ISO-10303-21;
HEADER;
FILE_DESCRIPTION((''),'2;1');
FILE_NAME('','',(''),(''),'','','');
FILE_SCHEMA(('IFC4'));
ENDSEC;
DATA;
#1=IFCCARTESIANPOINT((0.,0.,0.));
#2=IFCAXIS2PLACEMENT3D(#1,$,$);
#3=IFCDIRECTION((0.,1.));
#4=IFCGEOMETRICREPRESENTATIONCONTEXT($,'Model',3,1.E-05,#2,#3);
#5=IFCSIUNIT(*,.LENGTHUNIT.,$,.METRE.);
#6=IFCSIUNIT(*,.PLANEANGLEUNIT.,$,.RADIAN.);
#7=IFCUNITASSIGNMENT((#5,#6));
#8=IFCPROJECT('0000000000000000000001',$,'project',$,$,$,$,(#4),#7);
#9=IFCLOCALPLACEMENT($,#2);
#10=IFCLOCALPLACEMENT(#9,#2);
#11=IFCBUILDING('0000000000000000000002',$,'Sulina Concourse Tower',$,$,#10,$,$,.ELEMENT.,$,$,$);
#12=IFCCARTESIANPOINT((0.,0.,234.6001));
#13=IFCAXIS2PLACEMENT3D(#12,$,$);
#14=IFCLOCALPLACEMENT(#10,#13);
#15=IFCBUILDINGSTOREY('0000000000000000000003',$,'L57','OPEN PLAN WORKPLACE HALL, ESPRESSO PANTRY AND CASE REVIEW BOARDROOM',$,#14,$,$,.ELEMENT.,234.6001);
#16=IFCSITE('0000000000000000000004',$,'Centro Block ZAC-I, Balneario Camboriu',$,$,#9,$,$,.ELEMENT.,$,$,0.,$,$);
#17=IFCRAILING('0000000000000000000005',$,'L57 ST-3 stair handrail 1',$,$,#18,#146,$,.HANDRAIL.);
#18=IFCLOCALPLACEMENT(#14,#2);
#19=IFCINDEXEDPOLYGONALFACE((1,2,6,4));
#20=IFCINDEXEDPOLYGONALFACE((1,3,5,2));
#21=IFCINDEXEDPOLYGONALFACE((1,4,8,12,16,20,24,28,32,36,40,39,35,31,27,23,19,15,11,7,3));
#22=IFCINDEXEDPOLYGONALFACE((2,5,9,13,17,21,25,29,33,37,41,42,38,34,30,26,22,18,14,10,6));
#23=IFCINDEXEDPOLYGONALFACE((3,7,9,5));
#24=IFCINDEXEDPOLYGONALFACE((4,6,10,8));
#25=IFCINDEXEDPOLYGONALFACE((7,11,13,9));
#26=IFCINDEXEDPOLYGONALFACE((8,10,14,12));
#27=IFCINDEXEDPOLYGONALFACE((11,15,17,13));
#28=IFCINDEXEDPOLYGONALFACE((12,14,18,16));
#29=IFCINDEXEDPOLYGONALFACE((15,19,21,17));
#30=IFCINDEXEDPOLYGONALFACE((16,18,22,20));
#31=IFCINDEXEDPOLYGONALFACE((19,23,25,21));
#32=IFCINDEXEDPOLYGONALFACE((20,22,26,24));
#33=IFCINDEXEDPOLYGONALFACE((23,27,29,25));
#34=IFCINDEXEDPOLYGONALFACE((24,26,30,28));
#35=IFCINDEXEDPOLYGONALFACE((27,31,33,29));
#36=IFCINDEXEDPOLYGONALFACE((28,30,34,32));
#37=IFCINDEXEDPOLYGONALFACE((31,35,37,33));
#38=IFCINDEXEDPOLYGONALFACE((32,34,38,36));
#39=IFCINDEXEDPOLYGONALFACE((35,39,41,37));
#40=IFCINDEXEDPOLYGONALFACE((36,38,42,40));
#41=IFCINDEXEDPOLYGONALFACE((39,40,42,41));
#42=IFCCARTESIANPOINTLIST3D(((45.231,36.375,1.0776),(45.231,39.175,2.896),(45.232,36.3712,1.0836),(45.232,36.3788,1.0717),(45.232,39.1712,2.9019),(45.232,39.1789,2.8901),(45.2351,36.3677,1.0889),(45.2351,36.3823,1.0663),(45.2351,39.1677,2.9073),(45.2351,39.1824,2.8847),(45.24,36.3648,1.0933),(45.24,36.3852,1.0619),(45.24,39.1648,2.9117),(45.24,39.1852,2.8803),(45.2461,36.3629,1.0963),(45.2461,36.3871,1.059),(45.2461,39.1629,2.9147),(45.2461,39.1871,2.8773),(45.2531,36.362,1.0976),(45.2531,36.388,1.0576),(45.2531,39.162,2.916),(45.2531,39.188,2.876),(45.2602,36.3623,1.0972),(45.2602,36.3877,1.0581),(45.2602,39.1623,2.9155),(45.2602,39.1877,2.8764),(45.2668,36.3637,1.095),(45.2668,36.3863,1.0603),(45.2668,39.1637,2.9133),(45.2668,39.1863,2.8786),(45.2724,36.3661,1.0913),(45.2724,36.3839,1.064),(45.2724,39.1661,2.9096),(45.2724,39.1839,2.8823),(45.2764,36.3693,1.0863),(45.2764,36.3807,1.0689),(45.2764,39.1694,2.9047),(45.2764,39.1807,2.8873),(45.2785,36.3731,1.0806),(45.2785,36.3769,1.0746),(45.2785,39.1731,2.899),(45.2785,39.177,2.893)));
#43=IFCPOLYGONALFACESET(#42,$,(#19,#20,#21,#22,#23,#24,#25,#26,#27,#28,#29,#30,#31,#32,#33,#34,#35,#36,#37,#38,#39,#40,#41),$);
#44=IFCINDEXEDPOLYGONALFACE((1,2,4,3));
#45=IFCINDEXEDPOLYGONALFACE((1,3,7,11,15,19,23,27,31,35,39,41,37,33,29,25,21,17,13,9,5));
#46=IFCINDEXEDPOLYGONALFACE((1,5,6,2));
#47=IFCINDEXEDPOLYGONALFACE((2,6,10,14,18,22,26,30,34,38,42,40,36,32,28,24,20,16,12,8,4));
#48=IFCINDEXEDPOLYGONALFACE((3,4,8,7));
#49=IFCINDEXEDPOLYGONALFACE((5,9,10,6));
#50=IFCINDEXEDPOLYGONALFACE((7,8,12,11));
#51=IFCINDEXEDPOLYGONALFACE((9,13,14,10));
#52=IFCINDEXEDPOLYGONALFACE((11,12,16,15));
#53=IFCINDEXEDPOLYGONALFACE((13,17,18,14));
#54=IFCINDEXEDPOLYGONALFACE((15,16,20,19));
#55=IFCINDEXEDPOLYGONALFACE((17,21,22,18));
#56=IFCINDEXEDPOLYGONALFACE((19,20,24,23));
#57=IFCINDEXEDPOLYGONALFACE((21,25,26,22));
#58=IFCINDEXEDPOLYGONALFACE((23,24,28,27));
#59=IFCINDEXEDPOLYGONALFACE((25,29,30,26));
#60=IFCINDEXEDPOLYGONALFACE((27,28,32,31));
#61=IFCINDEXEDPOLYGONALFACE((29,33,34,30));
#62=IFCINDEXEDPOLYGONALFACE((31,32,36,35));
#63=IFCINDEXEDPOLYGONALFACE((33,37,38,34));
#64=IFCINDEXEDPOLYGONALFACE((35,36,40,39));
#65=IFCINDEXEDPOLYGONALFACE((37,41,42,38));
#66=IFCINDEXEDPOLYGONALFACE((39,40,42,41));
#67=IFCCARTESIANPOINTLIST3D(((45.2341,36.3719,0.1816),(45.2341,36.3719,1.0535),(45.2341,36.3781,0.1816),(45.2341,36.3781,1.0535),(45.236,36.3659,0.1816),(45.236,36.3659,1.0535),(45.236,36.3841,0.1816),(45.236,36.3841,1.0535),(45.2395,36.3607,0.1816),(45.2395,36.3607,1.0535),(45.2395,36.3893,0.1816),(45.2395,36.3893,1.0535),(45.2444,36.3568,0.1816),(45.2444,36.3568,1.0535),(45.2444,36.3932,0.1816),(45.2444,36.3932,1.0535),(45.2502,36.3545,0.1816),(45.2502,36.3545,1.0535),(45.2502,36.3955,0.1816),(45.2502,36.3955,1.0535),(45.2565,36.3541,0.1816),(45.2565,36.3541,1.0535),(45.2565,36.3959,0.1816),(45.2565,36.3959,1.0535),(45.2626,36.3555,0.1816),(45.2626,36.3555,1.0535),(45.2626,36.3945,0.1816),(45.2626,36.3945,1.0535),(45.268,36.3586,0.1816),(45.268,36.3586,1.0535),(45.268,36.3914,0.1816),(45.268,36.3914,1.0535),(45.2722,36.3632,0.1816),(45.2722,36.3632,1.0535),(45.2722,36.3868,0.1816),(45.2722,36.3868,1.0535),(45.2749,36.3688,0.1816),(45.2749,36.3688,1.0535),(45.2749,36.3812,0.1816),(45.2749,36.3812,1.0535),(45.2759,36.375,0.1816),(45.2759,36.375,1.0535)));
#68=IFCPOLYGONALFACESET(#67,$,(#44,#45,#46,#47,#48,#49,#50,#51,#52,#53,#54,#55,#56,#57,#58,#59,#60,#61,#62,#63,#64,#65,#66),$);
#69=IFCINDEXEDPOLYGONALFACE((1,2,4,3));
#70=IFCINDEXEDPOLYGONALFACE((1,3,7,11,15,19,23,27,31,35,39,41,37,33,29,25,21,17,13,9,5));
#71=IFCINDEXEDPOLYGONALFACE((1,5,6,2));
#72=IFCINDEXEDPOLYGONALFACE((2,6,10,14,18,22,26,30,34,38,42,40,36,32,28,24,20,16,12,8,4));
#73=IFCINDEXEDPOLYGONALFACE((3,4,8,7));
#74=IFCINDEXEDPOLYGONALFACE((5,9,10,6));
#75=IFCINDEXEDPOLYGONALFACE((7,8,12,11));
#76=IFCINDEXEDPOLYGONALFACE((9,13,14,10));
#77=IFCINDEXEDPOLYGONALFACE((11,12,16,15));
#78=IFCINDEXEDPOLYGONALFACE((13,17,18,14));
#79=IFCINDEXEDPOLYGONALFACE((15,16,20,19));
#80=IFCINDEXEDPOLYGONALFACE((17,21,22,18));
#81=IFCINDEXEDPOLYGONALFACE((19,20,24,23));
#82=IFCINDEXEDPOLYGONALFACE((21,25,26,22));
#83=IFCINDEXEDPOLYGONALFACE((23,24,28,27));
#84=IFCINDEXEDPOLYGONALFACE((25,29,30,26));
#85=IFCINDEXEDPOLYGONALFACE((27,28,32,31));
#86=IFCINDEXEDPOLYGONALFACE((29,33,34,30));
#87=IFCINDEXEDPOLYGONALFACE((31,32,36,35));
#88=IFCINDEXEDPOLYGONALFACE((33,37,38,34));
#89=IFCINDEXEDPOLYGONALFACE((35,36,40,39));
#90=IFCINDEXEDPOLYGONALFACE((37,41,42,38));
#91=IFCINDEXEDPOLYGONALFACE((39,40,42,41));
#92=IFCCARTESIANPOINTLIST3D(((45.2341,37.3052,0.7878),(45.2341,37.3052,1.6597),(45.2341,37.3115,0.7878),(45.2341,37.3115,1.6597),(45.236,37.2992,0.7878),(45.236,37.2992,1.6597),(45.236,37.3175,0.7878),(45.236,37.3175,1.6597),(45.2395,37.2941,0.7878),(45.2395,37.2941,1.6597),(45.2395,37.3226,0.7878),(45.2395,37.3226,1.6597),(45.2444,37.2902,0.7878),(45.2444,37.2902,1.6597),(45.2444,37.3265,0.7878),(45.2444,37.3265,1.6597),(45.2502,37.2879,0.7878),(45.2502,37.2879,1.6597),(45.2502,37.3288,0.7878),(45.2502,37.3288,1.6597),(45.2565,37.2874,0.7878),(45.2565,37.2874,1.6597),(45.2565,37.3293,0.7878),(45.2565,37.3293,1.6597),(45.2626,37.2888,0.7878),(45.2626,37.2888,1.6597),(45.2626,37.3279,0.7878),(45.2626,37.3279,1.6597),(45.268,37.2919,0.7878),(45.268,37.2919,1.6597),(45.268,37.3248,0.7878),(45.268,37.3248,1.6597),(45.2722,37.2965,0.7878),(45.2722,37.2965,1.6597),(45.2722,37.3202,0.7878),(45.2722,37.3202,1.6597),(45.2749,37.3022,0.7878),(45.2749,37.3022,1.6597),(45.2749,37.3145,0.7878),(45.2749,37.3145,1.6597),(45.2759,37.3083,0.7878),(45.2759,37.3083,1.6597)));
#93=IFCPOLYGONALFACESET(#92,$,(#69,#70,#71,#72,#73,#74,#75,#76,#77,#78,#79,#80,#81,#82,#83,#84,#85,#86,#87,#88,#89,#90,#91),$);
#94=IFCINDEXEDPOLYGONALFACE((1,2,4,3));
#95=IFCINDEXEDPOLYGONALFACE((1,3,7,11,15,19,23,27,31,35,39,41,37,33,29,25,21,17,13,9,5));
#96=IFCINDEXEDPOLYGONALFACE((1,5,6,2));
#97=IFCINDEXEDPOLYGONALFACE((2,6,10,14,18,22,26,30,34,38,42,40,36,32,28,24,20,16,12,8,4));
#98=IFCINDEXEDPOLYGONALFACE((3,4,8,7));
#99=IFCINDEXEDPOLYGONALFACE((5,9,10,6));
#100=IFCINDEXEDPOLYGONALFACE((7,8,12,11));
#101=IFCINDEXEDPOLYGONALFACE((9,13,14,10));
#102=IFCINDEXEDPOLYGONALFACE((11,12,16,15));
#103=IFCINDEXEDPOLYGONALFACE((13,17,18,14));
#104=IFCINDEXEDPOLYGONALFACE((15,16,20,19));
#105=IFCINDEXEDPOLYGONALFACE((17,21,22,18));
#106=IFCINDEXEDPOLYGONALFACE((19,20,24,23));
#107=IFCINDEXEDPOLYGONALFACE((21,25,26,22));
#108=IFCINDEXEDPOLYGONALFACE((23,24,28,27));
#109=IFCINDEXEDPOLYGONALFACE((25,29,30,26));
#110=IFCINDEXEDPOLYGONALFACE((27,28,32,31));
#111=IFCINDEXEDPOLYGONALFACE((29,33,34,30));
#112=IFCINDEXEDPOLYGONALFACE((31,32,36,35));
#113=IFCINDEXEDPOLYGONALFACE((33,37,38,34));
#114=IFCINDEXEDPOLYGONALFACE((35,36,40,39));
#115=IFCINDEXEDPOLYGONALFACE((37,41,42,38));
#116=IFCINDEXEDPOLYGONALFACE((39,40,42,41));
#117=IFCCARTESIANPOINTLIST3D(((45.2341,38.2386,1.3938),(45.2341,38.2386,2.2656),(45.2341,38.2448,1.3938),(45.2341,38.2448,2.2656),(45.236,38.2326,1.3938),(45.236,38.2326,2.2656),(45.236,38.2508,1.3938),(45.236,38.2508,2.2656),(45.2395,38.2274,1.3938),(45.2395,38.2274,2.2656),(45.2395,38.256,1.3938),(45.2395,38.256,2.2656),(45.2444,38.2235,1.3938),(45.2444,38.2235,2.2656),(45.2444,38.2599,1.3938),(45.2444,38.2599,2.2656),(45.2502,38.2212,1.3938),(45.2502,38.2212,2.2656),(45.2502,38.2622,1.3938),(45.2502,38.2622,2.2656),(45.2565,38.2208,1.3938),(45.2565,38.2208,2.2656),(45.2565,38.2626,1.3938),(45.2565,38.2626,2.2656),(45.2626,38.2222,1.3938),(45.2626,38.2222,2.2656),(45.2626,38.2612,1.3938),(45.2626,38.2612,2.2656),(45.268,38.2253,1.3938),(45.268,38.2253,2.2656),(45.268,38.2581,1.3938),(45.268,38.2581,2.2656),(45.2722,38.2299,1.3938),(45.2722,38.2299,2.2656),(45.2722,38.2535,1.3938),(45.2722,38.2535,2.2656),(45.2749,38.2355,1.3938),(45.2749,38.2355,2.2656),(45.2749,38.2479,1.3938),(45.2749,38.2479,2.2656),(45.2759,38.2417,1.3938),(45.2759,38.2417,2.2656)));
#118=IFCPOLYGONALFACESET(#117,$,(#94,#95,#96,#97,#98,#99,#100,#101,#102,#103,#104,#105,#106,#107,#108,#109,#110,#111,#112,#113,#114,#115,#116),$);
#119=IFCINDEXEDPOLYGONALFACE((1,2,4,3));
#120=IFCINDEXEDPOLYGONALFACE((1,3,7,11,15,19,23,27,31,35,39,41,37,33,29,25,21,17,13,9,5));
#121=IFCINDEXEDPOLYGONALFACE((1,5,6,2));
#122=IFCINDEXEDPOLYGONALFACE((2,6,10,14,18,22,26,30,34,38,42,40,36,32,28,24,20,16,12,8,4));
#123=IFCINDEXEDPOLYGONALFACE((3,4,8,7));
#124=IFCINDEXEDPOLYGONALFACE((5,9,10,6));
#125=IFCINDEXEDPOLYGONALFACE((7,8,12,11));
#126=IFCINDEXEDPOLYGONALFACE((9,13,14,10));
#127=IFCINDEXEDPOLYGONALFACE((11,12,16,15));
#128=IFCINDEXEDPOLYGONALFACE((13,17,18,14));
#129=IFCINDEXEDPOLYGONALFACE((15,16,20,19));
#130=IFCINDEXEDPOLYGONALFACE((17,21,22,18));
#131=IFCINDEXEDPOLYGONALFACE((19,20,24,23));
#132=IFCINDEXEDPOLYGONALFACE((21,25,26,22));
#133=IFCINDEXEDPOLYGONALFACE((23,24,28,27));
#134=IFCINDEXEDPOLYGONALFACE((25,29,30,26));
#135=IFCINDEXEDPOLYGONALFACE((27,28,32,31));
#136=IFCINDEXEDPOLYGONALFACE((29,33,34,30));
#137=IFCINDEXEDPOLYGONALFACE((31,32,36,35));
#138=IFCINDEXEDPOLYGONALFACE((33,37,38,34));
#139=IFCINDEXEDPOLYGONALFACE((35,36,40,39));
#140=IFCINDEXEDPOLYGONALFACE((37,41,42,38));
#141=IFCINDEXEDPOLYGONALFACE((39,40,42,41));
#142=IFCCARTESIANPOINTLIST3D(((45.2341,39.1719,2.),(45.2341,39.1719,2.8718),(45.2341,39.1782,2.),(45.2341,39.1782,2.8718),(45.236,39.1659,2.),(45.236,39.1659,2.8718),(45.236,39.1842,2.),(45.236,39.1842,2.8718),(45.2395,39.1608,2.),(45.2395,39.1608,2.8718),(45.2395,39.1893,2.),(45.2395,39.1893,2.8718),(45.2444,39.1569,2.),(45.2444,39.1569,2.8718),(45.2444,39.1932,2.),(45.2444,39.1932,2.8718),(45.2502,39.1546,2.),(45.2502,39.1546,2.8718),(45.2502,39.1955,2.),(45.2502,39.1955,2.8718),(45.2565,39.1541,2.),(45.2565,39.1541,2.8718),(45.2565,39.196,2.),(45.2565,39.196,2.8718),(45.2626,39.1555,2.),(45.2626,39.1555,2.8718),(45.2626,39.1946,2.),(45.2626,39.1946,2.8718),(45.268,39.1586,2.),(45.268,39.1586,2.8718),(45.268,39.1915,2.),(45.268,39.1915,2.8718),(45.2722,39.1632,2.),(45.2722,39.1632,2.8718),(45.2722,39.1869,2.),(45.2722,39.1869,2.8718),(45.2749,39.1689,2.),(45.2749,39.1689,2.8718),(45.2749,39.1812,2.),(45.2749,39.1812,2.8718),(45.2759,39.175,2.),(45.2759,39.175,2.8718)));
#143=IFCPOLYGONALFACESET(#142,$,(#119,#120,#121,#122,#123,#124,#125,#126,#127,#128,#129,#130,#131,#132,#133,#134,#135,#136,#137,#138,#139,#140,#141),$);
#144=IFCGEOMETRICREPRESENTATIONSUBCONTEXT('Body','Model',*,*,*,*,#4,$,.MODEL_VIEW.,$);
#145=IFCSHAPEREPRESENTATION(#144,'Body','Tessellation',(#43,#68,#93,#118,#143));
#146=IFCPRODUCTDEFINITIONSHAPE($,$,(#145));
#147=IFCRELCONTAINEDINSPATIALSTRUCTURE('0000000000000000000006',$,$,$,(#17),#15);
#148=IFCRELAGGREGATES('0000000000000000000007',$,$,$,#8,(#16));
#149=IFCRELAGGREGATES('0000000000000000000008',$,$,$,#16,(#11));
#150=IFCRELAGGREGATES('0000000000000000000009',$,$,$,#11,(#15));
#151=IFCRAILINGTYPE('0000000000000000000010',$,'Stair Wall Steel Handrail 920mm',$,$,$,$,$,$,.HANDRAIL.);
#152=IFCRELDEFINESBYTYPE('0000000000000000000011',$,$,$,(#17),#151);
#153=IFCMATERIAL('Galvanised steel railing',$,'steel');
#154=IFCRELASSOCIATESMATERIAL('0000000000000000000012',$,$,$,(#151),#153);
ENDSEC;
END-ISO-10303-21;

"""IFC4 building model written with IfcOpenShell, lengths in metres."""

from ifc_helpers import new_model, si_unit, direction, frame, origin, origin_2d, place, context, subcontext, project, spatial, circle, extrude, material, type_object, element, save


model = new_model("IFC4")

# Units and contexts
model_context = context("Model", 3, precision=1e-05, world=origin(), true_north=direction((0.0, 1.0)))
body_context = subcontext(model_context, "Body", "Model", "MODEL_VIEW")
ifc_project = project(units=[si_unit("LENGTHUNIT", "METRE"), si_unit("PLANEANGLEUNIT", "RADIAN")], contexts=[model_context])

# Site, building, storey
site_placement = place(None, origin())
site = spatial("IfcSite", under=ifc_project, at=site_placement, Name="Centro Block ZAC-I, Balneario Camboriu", CompositionType="ELEMENT", RefElevation=0.0)
building_placement = place(site_placement, origin())
building = spatial("IfcBuilding", under=site, at=building_placement, Name="Sulina Concourse Tower", CompositionType="ELEMENT")
storey_placement = place(building_placement, frame((0.0, 0.0, 234.6001)))
storey = spatial("IfcBuildingStorey", under=building, at=storey_placement, Name="L57", Description="OPEN PLAN WORKPLACE HALL, ESPRESSO PANTRY AND CASE REVIEW BOARDROOM", CompositionType="ELEMENT", Elevation=234.6001)

# Railing
ifc_material_1 = material(Name="Galvanised steel railing", Category="steel")
railing_type_1 = type_object("IfcRailingType", Name="Stair Wall Steel Handrail 920mm", PredefinedType="HANDRAIL", material=ifc_material_1)
railing_1_placement = place(storey_placement, frame((45.2549, 36.375, 0.1816)))
element("IfcRailing", 1, at=railing_1_placement, inside=storey, type_object=railing_type_1, Name="L57 ST-3 stair handrail 1", PredefinedType="HANDRAIL", context=body_context, shape_type="SweptSolid", body=[
    extrude(circle(Radius=0.0239, at=origin_2d()), frame((0.0, 0.0, 0.896), z_axis=(0.0, 0.838672, 0.544636), x_axis=(-1.0, 0.0, 0.0)), (0.0, 0.0, 1.0), 3.3386),
    extrude(circle(Radius=0.021, at=origin_2d()), origin(), (0.0, 0.0, 1.0), 0.8718),
    extrude(circle(Radius=0.021, at=origin_2d()), frame((0.0, 0.9333, 0.6062)), (0.0, 0.0, 1.0), 0.8718),
    extrude(circle(Radius=0.021, at=origin_2d()), frame((0.0, 1.8667, 1.2122)), (0.0, 0.0, 1.0), 0.8718),
    extrude(circle(Radius=0.021, at=origin_2d()), frame((0.0, 2.8, 1.8184)), (0.0, 0.0, 1.0), 0.8718),
])

save(model, "model.ifc")
